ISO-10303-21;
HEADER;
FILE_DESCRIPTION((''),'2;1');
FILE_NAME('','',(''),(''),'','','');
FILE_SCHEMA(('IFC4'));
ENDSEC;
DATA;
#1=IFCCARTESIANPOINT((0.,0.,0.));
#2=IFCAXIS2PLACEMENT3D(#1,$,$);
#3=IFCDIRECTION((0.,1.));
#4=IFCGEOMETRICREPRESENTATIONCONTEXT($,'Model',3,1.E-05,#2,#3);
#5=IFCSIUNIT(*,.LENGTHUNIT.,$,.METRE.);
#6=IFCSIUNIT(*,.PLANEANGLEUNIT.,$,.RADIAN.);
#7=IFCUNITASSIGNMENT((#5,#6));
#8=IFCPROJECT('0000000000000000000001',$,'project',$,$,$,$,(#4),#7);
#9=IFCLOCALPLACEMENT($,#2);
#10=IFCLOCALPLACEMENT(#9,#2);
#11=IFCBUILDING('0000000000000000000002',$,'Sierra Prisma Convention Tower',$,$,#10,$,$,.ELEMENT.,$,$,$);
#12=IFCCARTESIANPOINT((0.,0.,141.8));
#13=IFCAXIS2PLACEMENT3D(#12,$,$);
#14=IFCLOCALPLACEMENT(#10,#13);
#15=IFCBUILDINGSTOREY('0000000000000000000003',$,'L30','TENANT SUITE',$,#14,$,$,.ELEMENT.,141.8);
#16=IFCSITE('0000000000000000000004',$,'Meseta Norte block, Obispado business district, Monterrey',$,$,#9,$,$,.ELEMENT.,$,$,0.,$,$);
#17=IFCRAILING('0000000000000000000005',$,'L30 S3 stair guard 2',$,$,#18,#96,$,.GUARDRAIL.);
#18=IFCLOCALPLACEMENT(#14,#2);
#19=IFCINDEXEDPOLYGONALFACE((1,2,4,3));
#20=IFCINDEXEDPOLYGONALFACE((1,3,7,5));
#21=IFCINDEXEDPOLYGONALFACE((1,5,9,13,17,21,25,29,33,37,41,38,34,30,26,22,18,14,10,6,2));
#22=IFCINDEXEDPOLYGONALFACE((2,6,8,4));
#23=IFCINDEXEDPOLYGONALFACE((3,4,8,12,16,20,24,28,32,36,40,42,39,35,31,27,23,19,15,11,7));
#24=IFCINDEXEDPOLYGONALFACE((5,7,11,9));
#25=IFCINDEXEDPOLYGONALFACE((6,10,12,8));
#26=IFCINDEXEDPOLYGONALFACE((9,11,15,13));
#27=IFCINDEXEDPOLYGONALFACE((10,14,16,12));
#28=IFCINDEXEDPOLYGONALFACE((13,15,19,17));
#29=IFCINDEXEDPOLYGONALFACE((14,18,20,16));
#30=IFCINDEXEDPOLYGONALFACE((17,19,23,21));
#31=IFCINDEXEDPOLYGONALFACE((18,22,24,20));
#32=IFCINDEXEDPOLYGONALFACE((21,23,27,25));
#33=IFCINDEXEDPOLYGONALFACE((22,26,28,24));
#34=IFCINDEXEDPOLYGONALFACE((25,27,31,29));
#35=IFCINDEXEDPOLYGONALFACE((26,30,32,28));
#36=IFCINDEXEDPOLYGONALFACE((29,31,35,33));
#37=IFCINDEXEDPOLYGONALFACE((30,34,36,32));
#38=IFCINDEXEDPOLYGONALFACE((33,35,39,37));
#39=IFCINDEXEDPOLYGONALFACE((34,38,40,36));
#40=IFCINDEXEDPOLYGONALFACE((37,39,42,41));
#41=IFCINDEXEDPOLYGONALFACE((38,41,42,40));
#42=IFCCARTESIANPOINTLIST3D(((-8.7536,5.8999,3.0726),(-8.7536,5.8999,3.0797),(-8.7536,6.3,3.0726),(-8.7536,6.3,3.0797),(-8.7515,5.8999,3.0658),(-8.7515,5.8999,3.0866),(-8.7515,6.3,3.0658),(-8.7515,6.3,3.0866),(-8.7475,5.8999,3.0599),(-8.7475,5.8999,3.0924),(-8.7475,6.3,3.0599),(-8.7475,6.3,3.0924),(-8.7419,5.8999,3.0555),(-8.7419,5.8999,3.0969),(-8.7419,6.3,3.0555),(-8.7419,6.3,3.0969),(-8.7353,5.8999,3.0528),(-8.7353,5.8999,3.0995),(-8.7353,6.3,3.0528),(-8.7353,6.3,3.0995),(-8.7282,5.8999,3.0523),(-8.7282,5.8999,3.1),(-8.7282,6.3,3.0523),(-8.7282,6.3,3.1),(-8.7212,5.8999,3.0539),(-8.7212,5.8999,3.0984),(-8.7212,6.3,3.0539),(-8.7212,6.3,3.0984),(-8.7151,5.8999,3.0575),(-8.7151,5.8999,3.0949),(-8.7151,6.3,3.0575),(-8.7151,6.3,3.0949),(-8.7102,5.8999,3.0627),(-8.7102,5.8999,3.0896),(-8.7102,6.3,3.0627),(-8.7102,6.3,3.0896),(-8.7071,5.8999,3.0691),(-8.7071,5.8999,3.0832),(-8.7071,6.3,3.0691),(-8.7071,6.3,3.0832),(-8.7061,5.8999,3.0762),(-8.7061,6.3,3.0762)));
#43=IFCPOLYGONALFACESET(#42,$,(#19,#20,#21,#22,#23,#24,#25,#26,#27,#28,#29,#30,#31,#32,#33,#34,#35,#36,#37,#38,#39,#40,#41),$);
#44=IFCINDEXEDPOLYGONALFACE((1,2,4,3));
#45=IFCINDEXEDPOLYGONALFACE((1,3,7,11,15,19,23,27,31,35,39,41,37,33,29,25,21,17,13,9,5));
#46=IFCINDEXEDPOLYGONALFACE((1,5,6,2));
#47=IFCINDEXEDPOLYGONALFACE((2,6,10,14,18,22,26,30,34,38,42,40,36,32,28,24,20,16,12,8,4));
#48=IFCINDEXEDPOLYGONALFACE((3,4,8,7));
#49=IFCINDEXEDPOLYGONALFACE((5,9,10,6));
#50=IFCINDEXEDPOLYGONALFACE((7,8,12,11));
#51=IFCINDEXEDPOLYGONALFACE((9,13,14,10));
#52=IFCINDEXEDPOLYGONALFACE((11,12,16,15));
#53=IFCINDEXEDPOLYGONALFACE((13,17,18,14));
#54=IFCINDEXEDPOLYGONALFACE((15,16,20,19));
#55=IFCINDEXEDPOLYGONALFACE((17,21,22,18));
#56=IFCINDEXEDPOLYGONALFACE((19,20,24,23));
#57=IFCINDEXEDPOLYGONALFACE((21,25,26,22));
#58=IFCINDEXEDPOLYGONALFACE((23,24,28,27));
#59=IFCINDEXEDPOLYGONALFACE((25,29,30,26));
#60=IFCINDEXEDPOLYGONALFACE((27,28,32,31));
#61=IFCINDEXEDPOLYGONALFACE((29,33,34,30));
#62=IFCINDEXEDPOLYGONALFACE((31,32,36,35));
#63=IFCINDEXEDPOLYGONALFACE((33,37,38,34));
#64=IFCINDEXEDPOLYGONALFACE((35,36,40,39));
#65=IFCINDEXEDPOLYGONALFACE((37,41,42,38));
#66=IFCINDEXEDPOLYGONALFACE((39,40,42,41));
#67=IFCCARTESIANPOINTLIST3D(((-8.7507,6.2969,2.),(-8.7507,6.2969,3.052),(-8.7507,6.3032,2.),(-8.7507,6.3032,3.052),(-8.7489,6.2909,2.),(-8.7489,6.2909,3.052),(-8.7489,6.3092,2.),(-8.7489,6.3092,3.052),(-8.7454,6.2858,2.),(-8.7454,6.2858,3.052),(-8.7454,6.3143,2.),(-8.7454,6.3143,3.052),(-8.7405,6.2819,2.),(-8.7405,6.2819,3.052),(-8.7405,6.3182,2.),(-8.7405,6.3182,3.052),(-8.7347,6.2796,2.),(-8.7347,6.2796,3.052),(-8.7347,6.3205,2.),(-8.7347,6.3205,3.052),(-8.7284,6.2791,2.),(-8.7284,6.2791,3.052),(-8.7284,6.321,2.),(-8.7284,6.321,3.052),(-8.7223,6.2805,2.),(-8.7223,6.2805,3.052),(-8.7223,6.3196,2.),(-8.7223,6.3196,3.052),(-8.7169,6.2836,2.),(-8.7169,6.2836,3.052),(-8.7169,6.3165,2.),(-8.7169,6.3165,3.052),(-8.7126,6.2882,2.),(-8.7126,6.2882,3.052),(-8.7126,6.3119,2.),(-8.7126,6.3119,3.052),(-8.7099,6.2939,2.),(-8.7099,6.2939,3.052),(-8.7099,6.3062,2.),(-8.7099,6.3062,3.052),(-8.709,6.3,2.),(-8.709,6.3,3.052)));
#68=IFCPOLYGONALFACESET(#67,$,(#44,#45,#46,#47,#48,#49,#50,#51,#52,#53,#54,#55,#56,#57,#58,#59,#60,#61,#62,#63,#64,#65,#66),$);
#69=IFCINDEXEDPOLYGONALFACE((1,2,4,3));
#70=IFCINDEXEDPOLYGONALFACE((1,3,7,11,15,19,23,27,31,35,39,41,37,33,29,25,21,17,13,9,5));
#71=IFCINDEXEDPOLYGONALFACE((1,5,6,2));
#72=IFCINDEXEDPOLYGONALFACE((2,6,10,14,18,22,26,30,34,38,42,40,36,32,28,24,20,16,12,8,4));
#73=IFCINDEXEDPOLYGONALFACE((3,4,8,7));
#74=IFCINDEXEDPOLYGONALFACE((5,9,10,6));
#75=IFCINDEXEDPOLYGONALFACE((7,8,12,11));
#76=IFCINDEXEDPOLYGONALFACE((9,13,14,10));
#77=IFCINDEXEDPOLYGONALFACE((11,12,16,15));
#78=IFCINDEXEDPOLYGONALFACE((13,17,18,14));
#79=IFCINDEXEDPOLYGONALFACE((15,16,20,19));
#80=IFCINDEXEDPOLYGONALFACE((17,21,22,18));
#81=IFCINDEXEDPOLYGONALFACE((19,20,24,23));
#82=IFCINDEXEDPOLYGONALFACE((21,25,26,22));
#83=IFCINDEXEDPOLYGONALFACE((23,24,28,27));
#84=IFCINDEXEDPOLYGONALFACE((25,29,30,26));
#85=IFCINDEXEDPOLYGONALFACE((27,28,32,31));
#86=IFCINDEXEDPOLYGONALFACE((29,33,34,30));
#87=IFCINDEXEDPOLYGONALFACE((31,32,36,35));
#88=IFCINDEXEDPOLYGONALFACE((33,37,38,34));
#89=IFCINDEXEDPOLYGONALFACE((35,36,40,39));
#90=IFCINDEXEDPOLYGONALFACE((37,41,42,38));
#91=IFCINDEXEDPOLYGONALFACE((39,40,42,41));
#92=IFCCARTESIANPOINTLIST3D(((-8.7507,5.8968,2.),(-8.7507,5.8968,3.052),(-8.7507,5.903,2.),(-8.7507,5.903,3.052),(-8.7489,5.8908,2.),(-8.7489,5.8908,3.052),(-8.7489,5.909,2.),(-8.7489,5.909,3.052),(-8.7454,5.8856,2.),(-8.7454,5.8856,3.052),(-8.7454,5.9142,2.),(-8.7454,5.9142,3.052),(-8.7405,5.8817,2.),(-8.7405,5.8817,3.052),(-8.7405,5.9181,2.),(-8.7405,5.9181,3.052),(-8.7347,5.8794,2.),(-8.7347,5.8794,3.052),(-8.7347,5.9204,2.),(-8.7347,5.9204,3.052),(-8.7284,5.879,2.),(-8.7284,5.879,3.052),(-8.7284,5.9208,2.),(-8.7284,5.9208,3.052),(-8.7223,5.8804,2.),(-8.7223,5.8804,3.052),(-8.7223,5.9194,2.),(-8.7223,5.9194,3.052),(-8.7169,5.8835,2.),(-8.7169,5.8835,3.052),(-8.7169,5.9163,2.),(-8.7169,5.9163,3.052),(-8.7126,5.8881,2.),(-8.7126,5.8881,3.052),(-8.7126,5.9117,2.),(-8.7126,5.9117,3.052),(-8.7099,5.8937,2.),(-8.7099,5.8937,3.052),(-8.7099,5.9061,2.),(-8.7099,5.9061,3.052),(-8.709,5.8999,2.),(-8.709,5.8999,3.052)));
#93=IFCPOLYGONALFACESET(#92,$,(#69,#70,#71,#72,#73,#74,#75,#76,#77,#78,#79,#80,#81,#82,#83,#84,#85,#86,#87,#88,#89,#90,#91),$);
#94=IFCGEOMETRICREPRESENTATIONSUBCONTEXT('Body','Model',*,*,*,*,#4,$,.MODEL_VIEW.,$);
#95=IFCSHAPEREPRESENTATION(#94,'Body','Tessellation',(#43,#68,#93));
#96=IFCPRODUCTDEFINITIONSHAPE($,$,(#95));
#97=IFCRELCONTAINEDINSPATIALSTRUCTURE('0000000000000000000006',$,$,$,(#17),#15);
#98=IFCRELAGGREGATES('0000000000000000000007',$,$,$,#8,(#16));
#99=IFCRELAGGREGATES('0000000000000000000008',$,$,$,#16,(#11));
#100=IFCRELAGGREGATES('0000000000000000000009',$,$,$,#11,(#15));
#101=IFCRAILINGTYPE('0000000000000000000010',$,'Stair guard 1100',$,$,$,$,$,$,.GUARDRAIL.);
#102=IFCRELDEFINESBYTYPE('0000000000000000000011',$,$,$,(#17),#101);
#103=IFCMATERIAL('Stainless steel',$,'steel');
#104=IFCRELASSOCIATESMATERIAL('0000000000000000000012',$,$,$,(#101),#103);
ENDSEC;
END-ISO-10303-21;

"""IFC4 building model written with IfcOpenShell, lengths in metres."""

from ifc_helpers import new_model, si_unit, direction, frame, origin, origin_2d, place, context, subcontext, project, spatial, circle, extrude, material, type_object, element, save


model = new_model("IFC4")

# Units and contexts
model_context = context("Model", 3, precision=1e-05, world=origin(), true_north=direction((0.0, 1.0)))
body_context = subcontext(model_context, "Body", "Model", "MODEL_VIEW")
ifc_project = project(units=[si_unit("LENGTHUNIT", "METRE"), si_unit("PLANEANGLEUNIT", "RADIAN")], contexts=[model_context])

# Site, building, storey
site_placement = place(None, origin())
site = spatial("IfcSite", under=ifc_project, at=site_placement, Name="Meseta Norte block, Obispado business district, Monterrey", CompositionType="ELEMENT", RefElevation=0.0)
building_placement = place(site_placement, origin())
building = spatial("IfcBuilding", under=site, at=building_placement, Name="Sierra Prisma Convention Tower", CompositionType="ELEMENT")
storey_placement = place(building_placement, frame((0.0, 0.0, 141.8)))
storey = spatial("IfcBuildingStorey", under=building, at=storey_placement, Name="L30", Description="TENANT SUITE", CompositionType="ELEMENT", Elevation=141.8)

# Railing
ifc_material_1 = material(Name="Stainless steel", Category="steel")
railing_type_1 = type_object("IfcRailingType", Name="Stair guard 1100", PredefinedType="GUARDRAIL", material=ifc_material_1)
railing_1_placement = place(storey_placement, frame((-8.73, 6.3, 2.0)))
element("IfcRailing", 1, at=railing_1_placement, inside=storey, type_object=railing_type_1, Name="L30 S3 stair guard 2", PredefinedType="GUARDRAIL", context=body_context, shape_type="SweptSolid", body=[
    extrude(circle(Radius=0.0239, at=origin_2d()), frame((0.0, 0.0, 1.0762), z_axis=(0.0, -1.0, 0.0), x_axis=(1.0, 0.0, 0.0)), (0.0, 0.0, 1.0), 0.4001),
    extrude(circle(Radius=0.021, at=origin_2d()), origin(), (0.0, 0.0, 1.0), 1.052),
    extrude(circle(Radius=0.021, at=origin_2d()), frame((0.0, -0.4001, 0.0)), (0.0, 0.0, 1.0), 1.052),
])

save(model, "model.ifc")
